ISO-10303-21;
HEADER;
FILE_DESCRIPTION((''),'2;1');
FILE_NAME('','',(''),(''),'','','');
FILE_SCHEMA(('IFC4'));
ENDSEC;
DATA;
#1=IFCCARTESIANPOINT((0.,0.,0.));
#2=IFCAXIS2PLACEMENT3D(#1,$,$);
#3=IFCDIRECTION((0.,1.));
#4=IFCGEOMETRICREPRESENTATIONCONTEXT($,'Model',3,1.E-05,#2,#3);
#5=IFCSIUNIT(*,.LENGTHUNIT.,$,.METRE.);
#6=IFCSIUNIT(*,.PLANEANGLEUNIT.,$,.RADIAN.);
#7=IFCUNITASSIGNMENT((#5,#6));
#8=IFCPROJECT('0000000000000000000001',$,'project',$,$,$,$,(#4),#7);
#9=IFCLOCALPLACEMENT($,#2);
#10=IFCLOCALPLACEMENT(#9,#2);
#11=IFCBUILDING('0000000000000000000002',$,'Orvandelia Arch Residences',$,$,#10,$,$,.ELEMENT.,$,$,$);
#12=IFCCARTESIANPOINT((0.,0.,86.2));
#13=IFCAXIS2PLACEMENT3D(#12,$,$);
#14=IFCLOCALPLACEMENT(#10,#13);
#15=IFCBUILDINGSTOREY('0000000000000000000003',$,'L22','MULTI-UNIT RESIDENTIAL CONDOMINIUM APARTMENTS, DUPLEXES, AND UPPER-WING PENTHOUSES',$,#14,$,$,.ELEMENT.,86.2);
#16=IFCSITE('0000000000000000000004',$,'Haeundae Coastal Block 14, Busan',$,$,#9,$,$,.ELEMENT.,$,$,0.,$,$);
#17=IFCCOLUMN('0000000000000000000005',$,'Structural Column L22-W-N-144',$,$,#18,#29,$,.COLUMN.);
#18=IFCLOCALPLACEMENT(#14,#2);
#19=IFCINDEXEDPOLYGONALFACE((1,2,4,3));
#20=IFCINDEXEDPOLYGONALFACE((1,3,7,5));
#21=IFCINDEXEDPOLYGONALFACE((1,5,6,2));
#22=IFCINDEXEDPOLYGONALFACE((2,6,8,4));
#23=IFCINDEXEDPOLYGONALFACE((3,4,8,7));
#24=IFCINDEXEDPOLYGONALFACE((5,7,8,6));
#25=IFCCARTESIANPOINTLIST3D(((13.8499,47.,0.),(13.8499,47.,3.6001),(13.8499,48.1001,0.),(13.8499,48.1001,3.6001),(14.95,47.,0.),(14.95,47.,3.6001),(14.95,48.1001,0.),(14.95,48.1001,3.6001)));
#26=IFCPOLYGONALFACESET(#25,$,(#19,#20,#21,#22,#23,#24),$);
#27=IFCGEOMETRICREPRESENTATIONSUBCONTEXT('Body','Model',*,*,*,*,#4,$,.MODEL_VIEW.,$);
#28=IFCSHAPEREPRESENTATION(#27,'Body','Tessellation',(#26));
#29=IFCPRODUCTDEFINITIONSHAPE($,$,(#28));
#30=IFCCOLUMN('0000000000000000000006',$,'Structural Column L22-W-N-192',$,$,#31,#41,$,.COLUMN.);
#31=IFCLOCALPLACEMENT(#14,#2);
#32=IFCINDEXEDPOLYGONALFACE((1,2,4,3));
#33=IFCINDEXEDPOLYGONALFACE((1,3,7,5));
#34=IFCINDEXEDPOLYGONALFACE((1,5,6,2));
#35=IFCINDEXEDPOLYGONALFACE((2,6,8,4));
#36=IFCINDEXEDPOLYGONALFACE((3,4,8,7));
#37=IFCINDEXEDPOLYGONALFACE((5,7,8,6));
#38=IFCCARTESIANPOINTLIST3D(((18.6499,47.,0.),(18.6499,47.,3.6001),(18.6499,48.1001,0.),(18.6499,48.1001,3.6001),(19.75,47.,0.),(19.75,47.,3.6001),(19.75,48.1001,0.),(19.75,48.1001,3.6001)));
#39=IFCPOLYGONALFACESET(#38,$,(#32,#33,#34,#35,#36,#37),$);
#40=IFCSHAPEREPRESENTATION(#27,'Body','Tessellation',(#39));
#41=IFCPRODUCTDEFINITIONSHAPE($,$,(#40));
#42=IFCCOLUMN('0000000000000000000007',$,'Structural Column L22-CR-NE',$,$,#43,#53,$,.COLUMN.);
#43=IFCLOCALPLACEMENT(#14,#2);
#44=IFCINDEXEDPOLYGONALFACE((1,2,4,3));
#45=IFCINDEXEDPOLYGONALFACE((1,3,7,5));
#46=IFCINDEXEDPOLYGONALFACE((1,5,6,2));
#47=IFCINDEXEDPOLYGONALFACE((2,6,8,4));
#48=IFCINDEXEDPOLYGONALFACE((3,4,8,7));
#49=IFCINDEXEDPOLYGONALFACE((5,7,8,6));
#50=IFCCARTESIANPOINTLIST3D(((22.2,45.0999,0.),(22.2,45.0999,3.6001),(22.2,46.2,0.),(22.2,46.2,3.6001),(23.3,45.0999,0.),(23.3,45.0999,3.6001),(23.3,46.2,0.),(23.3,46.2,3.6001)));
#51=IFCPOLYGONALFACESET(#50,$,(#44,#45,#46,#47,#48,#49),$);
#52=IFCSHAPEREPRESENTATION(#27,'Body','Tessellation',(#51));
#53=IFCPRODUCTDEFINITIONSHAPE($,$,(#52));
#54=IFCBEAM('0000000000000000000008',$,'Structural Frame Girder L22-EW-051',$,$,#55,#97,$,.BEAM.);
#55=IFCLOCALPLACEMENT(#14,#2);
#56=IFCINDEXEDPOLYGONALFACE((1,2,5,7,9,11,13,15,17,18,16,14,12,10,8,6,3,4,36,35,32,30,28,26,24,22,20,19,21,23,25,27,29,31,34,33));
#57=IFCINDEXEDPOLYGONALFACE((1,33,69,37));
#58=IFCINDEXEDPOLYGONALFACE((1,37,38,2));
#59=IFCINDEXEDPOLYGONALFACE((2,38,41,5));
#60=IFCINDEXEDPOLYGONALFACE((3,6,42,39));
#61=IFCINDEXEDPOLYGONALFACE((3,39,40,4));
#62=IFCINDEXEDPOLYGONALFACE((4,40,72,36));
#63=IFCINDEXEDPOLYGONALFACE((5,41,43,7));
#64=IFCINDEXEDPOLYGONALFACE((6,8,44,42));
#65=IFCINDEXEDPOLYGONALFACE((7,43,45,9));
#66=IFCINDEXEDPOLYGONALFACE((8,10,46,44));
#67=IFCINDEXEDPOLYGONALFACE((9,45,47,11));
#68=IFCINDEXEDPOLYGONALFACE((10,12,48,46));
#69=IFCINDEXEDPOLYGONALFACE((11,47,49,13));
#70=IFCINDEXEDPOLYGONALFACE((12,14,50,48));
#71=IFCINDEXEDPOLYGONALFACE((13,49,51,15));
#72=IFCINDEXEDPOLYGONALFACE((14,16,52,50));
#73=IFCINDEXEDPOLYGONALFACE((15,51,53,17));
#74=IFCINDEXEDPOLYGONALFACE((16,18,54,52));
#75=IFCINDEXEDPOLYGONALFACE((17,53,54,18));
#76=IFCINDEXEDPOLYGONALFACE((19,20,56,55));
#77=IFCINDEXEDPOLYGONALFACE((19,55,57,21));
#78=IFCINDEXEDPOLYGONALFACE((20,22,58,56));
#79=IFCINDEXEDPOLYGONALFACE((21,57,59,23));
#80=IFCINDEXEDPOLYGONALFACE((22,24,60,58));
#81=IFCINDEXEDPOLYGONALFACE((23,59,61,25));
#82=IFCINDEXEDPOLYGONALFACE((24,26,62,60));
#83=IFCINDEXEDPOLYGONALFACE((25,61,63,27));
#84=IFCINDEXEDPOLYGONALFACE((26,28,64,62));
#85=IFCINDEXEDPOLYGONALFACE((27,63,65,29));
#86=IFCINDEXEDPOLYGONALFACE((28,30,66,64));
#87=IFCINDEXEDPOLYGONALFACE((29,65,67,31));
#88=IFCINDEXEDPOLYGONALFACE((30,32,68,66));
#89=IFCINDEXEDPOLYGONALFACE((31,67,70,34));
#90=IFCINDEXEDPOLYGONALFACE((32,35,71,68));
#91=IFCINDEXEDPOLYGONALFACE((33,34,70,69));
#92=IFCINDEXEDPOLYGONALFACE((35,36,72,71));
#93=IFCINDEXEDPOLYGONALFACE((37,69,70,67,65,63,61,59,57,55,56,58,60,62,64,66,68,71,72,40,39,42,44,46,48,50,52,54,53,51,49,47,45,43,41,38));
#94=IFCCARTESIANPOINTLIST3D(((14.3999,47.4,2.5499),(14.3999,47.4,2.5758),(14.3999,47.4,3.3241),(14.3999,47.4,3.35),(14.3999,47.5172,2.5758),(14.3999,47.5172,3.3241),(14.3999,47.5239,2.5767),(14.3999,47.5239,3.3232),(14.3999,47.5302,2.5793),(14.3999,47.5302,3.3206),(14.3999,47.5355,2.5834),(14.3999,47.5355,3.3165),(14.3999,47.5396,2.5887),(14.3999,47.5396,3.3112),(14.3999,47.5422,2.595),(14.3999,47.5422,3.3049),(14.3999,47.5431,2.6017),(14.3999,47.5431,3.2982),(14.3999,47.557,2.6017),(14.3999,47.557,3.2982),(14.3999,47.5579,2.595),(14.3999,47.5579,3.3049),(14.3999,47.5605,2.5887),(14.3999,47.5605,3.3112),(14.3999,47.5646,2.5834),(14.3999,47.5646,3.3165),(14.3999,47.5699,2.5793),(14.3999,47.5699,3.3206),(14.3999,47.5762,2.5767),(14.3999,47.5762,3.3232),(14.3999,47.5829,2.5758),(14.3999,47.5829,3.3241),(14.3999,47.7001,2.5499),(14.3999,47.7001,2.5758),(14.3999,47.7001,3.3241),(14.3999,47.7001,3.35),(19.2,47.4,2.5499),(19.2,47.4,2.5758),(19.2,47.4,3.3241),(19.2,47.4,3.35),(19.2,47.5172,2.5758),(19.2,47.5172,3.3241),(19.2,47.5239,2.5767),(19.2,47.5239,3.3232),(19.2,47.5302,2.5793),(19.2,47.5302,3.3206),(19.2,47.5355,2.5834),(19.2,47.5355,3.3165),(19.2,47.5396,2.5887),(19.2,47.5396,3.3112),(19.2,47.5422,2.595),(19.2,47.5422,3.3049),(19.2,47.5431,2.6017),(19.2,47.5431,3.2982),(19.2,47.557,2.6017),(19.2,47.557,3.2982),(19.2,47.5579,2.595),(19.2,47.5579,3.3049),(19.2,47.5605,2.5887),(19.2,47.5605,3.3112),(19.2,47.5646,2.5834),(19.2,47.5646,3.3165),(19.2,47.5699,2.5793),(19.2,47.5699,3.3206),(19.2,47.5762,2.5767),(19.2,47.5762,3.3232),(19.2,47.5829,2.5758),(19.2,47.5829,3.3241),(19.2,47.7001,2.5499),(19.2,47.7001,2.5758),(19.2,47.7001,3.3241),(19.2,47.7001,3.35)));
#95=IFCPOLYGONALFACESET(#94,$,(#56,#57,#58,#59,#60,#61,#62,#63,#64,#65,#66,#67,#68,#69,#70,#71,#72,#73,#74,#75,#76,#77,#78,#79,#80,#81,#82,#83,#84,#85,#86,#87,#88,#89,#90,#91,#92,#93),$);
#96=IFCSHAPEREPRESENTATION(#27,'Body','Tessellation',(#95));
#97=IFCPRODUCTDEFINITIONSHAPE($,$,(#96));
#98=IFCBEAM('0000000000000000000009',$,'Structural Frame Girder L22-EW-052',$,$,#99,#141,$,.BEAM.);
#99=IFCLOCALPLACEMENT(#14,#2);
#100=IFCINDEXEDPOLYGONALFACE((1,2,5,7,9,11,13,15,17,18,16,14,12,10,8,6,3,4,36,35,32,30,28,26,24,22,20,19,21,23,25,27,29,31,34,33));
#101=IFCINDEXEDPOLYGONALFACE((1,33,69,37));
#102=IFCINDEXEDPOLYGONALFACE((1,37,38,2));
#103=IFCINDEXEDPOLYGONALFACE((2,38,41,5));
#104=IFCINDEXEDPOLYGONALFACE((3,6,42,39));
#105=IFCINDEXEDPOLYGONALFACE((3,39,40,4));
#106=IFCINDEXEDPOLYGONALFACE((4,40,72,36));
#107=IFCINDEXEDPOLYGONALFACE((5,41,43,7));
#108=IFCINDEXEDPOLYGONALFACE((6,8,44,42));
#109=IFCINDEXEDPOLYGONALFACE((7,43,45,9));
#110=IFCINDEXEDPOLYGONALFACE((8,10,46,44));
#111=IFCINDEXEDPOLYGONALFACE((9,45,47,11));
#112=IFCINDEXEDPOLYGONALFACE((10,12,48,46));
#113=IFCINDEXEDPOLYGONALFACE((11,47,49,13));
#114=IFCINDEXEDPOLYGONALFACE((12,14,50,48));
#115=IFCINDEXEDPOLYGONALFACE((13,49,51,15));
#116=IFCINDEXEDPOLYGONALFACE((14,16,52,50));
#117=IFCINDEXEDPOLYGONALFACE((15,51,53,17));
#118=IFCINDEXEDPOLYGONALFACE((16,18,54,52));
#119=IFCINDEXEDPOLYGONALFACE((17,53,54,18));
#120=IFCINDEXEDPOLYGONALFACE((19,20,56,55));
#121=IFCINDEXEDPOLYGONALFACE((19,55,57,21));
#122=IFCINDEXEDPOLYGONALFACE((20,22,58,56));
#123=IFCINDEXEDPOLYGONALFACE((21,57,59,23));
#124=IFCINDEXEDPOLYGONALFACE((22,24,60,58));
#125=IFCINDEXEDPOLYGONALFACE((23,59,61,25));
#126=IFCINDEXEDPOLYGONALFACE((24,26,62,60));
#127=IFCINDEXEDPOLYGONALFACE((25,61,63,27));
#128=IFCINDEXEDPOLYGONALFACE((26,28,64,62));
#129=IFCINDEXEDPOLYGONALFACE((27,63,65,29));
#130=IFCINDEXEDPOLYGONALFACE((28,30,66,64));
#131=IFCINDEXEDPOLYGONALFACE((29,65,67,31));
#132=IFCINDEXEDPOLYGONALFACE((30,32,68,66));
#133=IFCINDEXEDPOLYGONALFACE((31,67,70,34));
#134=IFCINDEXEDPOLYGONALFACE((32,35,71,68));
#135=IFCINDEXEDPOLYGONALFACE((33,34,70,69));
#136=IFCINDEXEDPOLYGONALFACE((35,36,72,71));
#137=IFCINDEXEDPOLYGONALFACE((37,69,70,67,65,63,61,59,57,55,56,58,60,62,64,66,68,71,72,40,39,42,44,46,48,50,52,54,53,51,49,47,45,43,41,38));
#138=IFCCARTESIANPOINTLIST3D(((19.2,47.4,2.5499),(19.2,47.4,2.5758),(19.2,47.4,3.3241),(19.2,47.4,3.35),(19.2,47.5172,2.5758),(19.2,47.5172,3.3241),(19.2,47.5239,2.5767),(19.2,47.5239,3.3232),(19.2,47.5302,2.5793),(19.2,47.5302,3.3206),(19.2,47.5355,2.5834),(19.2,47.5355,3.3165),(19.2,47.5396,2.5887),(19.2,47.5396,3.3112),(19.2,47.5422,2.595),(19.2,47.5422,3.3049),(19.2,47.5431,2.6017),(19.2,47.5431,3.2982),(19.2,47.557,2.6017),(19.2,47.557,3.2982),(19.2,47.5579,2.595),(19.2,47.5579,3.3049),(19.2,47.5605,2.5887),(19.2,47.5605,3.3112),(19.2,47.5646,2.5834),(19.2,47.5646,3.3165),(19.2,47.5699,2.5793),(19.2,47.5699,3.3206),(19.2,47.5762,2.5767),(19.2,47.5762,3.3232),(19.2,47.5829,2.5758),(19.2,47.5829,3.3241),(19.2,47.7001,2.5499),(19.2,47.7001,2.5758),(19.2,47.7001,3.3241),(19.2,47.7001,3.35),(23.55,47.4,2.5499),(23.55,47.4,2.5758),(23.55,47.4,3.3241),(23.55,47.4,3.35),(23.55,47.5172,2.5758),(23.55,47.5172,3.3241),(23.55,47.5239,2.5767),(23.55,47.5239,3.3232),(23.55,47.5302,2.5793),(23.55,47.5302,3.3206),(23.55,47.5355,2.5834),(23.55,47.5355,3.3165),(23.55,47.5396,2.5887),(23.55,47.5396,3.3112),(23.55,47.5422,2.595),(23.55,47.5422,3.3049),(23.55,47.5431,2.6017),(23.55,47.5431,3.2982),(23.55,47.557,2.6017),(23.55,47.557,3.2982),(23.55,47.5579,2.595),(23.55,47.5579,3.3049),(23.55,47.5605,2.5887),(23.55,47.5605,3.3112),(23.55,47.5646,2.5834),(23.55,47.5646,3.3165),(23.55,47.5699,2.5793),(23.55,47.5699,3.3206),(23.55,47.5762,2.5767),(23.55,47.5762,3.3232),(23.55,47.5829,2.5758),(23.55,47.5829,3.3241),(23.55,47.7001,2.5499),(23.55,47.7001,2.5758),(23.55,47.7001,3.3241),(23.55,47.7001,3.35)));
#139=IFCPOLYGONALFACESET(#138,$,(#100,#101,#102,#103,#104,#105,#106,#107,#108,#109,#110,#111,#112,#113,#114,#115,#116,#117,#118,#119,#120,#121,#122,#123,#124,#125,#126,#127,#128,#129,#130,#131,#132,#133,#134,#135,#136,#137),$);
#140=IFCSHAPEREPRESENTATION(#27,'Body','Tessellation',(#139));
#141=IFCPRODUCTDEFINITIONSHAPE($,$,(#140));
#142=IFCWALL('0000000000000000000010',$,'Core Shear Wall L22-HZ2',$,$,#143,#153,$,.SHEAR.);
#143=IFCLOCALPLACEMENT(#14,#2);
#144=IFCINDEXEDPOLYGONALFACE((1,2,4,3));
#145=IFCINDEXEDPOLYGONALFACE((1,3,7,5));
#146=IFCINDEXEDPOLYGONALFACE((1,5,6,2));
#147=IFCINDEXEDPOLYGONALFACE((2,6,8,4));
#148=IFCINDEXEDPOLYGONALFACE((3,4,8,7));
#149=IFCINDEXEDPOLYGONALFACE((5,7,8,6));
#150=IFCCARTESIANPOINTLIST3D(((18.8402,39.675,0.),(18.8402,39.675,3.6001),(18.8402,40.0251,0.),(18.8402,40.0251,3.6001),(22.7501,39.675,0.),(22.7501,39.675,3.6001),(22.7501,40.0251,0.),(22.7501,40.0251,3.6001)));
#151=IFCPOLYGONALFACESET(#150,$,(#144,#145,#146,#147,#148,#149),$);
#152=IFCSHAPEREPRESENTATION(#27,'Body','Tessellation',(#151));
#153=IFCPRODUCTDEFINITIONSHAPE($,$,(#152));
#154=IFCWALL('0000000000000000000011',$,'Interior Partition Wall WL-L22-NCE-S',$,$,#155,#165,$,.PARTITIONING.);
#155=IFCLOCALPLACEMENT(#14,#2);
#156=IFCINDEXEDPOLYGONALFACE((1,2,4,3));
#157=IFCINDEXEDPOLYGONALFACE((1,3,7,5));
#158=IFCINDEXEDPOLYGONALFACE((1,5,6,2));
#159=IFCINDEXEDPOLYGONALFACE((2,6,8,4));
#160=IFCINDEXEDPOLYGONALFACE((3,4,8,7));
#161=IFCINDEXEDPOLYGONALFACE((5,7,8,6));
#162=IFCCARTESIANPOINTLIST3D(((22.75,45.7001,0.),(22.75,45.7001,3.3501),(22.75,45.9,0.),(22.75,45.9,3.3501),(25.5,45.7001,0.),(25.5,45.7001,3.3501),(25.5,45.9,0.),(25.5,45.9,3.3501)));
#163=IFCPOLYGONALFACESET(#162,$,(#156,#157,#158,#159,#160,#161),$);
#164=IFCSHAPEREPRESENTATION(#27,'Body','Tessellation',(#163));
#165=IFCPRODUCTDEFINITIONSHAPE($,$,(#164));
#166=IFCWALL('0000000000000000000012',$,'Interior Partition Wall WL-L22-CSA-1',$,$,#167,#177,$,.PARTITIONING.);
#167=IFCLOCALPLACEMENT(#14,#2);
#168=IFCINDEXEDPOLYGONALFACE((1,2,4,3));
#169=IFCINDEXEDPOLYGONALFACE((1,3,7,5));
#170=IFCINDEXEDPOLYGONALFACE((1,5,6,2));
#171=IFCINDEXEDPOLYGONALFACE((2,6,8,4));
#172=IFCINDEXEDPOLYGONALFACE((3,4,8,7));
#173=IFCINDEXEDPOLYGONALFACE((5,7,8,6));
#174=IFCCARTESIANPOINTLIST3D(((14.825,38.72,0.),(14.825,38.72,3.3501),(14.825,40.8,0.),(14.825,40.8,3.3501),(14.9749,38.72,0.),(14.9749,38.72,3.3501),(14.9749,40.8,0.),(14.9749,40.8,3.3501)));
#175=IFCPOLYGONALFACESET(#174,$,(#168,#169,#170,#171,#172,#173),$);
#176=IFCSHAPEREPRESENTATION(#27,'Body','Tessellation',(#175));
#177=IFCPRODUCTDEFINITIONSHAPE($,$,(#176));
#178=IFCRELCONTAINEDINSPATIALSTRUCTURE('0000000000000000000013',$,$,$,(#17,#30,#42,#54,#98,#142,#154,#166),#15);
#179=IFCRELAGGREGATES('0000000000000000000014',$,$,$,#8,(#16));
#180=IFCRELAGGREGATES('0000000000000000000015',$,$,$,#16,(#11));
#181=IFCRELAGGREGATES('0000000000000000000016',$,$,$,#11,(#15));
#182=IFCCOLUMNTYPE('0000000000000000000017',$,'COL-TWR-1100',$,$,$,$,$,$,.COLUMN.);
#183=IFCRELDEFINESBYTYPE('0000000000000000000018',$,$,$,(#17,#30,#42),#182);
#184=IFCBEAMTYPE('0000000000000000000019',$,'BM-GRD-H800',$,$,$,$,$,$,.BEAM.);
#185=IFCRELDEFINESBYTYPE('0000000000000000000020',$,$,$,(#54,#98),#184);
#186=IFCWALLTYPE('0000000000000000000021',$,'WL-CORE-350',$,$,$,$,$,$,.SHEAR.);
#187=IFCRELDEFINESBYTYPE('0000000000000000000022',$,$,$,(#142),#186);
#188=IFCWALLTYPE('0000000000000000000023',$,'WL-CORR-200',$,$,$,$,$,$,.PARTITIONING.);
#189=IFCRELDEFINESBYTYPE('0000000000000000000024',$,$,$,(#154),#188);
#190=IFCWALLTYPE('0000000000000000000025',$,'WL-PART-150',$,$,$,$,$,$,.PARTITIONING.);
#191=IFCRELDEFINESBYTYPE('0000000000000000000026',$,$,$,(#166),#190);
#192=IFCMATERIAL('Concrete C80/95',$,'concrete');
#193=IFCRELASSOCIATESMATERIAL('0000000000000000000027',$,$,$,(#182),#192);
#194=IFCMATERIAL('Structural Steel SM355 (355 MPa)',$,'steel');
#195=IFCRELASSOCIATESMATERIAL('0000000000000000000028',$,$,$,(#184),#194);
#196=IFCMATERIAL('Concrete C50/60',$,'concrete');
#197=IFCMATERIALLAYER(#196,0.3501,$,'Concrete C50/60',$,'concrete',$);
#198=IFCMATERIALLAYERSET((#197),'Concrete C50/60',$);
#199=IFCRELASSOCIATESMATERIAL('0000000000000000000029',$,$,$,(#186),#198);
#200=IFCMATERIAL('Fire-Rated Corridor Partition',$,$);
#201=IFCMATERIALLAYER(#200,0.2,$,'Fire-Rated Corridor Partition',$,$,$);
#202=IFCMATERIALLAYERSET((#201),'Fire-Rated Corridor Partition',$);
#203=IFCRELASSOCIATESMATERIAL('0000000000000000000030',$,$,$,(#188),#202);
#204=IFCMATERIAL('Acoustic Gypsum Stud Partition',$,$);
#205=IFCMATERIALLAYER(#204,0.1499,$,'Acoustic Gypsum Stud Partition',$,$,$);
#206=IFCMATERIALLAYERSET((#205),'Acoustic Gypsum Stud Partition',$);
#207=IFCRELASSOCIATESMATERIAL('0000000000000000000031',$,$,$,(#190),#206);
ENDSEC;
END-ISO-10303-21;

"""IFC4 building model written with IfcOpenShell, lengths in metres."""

from ifc_helpers import new_model, si_unit, direction, frame, frame_2d, origin, origin_2d, place, context, subcontext, project, spatial, rectangle, i_section, extrude, material, layer, layer_set, material_profile, profile_set, type_object, element, save


model = new_model("IFC4")

# Units and contexts
model_context = context("Model", 3, precision=1e-05, world=origin(), true_north=direction((0.0, 1.0)))
body_context = subcontext(model_context, "Body", "Model", "MODEL_VIEW")
ifc_project = project(units=[si_unit("LENGTHUNIT", "METRE"), si_unit("PLANEANGLEUNIT", "RADIAN")], contexts=[model_context])

# Site, building, storey
site_placement = place(None, origin())
site = spatial("IfcSite", under=ifc_project, at=site_placement, Name="Haeundae Coastal Block 14, Busan", CompositionType="ELEMENT", RefElevation=0.0)
building_placement = place(site_placement, origin())
building = spatial("IfcBuilding", under=site, at=building_placement, Name="Orvandelia Arch Residences", CompositionType="ELEMENT")
storey_placement = place(building_placement, frame((0.0, 0.0, 86.2)))
storey = spatial("IfcBuildingStorey", under=building, at=storey_placement, Name="L22", Description="MULTI-UNIT RESIDENTIAL CONDOMINIUM APARTMENTS, DUPLEXES, AND UPPER-WING PENTHOUSES", CompositionType="ELEMENT", Elevation=86.2)

# Columns
ifc_material_1 = material(Name="Concrete C80/95", Category="concrete")
ifc_material_profile_1 = material_profile(ifc_material_1, rectangle(XDim=1.1001, YDim=1.1001, at=origin_2d()), Name="Concrete C80/95", Category="concrete")
ifc_profile_set_1 = profile_set([ifc_material_profile_1], Name="Concrete C80/95")
column_type = type_object("IfcColumnType", Name="COL-TWR-1100", PredefinedType="COLUMN", material=ifc_profile_set_1)
for number, where, z_axis, x_axis, name in (
    (1, (14.3999, 47.55, 0.0), (0.0, 0.0, 1.0), (1.0, 0.0, 0.0), "Structural Column L22-W-N-144"),
    (2, (19.2, 47.55, 0.0), (0.0, 0.0, 1.0), (1.0, 0.0, 0.0), "Structural Column L22-W-N-192"),
    (3, (22.75, 45.6499, 0.0), (0.0, 0.0, 1.0), (1.0, 0.0, 0.0), "Structural Column L22-CR-NE"),
):
    element("IfcColumn", number, at=place(storey_placement, frame(where, z_axis=z_axis, x_axis=x_axis)), inside=storey, type_object=column_type, Name=name, PredefinedType="COLUMN", context=body_context, shape_type="SweptSolid", body=[
        extrude(rectangle(XDim=1.1001, YDim=1.1001, at=origin_2d()), origin(), (0.0, 0.0, 1.0), 3.6001),
    ])

# Beams
ifc_material_2 = material(Name="Structural Steel SM355 (355 MPa)", Category="steel")
ifc_material_profile_2 = material_profile(ifc_material_2, i_section(OverallWidth=0.3, OverallDepth=0.8, WebThickness=0.0139, FlangeThickness=0.0259, FilletRadius=0.0259, at=origin_2d()), Name="Structural Steel SM355 (355 MPa)", Category="steel")
ifc_profile_set_2 = profile_set([ifc_material_profile_2], Name="Structural Steel SM355 (355 MPa)")
beam_type = type_object("IfcBeamType", Name="BM-GRD-H800", PredefinedType="BEAM", material=ifc_profile_set_2)
beam_1_placement = place(storey_placement, frame((14.3999, 47.55, 2.95), z_axis=(1.0, 0.0, 0.0), x_axis=(0.0, 1.0, 0.0)))
element("IfcBeam", 4, at=beam_1_placement, inside=storey, type_object=beam_type, Name="Structural Frame Girder L22-EW-051", PredefinedType="BEAM", context=body_context, shape_type="SweptSolid", body=[
    extrude(i_section(OverallWidth=0.3, OverallDepth=0.8, WebThickness=0.0139, FlangeThickness=0.0259, FilletRadius=0.0259, at=origin_2d()), origin(), (0.0, 0.0, 1.0), 4.8),
])
beam_2_placement = place(storey_placement, frame((19.2, 47.55, 2.95), z_axis=(1.0, 0.0, 0.0), x_axis=(0.0, 1.0, 0.0)))
element("IfcBeam", 5, at=beam_2_placement, inside=storey, type_object=beam_type, Name="Structural Frame Girder L22-EW-052", PredefinedType="BEAM", context=body_context, shape_type="SweptSolid", body=[
    extrude(i_section(OverallWidth=0.3, OverallDepth=0.8, WebThickness=0.0139, FlangeThickness=0.0259, FilletRadius=0.0259, at=origin_2d()), origin(), (0.0, 0.0, 1.0), 4.3501),
])

# Walls
ifc_material_3 = material(Name="Concrete C50/60", Category="concrete")
ifc_layer_1 = layer(ifc_material_3, 0.3501, Name="Concrete C50/60", Category="concrete")
ifc_layer_set_1 = layer_set([ifc_layer_1], Name="Concrete C50/60")
wall_type_1 = type_object("IfcWallType", Name="WL-CORE-350", PredefinedType="SHEAR", material=ifc_layer_set_1)
wall_1_placement = place(storey_placement, frame((18.8401, 39.8501, 0.0), z_axis=(0.0, 0.0, 1.0), x_axis=(1.0, 0.0, 0.0)))
element("IfcWall", 6, at=wall_1_placement, inside=storey, type_object=wall_type_1, Name="Core Shear Wall L22-HZ2", PredefinedType="SHEAR", context=body_context, shape_type="SweptSolid", body=[
    extrude(rectangle(XDim=3.9099, YDim=0.3501, at=frame_2d((1.9551, 0.0))), origin(), (0.0, 0.0, 1.0), 3.6001),
])
ifc_material_4 = material(Name="Fire-Rated Corridor Partition")
ifc_layer_2 = layer(ifc_material_4, 0.2, Name="Fire-Rated Corridor Partition")
ifc_layer_set_2 = layer_set([ifc_layer_2], Name="Fire-Rated Corridor Partition")
wall_type_2 = type_object("IfcWallType", Name="WL-CORR-200", PredefinedType="PARTITIONING", material=ifc_layer_set_2)
wall_2_placement = place(storey_placement, frame((22.75, 45.8, 0.0), z_axis=(0.0, 0.0, 1.0), x_axis=(1.0, 0.0, 0.0)))
element("IfcWall", 7, at=wall_2_placement, inside=storey, type_object=wall_type_2, Name="Interior Partition Wall WL-L22-NCE-S", PredefinedType="PARTITIONING", context=body_context, shape_type="SweptSolid", body=[
    extrude(rectangle(XDim=2.75, YDim=0.2, at=frame_2d((1.375, 0.0))), origin(), (0.0, 0.0, 1.0), 3.3501),
])
ifc_material_5 = material(Name="Acoustic Gypsum Stud Partition")
ifc_layer_3 = layer(ifc_material_5, 0.1499, Name="Acoustic Gypsum Stud Partition")
ifc_layer_set_3 = layer_set([ifc_layer_3], Name="Acoustic Gypsum Stud Partition")
wall_type_3 = type_object("IfcWallType", Name="WL-PART-150", PredefinedType="PARTITIONING", material=ifc_layer_set_3)
wall_3_placement = place(storey_placement, frame((14.8999, 38.72, 0.0), z_axis=(0.0, 0.0, 1.0), x_axis=(0.0, 1.0, 0.0)))
element("IfcWall", 8, at=wall_3_placement, inside=storey, type_object=wall_type_3, Name="Interior Partition Wall WL-L22-CSA-1", PredefinedType="PARTITIONING", context=body_context, shape_type="SweptSolid", body=[
    extrude(rectangle(XDim=2.0801, YDim=0.1499, at=frame_2d((1.04, 0.0))), origin(), (0.0, 0.0, 1.0), 3.3501),
])

save(model, "model.ifc")
